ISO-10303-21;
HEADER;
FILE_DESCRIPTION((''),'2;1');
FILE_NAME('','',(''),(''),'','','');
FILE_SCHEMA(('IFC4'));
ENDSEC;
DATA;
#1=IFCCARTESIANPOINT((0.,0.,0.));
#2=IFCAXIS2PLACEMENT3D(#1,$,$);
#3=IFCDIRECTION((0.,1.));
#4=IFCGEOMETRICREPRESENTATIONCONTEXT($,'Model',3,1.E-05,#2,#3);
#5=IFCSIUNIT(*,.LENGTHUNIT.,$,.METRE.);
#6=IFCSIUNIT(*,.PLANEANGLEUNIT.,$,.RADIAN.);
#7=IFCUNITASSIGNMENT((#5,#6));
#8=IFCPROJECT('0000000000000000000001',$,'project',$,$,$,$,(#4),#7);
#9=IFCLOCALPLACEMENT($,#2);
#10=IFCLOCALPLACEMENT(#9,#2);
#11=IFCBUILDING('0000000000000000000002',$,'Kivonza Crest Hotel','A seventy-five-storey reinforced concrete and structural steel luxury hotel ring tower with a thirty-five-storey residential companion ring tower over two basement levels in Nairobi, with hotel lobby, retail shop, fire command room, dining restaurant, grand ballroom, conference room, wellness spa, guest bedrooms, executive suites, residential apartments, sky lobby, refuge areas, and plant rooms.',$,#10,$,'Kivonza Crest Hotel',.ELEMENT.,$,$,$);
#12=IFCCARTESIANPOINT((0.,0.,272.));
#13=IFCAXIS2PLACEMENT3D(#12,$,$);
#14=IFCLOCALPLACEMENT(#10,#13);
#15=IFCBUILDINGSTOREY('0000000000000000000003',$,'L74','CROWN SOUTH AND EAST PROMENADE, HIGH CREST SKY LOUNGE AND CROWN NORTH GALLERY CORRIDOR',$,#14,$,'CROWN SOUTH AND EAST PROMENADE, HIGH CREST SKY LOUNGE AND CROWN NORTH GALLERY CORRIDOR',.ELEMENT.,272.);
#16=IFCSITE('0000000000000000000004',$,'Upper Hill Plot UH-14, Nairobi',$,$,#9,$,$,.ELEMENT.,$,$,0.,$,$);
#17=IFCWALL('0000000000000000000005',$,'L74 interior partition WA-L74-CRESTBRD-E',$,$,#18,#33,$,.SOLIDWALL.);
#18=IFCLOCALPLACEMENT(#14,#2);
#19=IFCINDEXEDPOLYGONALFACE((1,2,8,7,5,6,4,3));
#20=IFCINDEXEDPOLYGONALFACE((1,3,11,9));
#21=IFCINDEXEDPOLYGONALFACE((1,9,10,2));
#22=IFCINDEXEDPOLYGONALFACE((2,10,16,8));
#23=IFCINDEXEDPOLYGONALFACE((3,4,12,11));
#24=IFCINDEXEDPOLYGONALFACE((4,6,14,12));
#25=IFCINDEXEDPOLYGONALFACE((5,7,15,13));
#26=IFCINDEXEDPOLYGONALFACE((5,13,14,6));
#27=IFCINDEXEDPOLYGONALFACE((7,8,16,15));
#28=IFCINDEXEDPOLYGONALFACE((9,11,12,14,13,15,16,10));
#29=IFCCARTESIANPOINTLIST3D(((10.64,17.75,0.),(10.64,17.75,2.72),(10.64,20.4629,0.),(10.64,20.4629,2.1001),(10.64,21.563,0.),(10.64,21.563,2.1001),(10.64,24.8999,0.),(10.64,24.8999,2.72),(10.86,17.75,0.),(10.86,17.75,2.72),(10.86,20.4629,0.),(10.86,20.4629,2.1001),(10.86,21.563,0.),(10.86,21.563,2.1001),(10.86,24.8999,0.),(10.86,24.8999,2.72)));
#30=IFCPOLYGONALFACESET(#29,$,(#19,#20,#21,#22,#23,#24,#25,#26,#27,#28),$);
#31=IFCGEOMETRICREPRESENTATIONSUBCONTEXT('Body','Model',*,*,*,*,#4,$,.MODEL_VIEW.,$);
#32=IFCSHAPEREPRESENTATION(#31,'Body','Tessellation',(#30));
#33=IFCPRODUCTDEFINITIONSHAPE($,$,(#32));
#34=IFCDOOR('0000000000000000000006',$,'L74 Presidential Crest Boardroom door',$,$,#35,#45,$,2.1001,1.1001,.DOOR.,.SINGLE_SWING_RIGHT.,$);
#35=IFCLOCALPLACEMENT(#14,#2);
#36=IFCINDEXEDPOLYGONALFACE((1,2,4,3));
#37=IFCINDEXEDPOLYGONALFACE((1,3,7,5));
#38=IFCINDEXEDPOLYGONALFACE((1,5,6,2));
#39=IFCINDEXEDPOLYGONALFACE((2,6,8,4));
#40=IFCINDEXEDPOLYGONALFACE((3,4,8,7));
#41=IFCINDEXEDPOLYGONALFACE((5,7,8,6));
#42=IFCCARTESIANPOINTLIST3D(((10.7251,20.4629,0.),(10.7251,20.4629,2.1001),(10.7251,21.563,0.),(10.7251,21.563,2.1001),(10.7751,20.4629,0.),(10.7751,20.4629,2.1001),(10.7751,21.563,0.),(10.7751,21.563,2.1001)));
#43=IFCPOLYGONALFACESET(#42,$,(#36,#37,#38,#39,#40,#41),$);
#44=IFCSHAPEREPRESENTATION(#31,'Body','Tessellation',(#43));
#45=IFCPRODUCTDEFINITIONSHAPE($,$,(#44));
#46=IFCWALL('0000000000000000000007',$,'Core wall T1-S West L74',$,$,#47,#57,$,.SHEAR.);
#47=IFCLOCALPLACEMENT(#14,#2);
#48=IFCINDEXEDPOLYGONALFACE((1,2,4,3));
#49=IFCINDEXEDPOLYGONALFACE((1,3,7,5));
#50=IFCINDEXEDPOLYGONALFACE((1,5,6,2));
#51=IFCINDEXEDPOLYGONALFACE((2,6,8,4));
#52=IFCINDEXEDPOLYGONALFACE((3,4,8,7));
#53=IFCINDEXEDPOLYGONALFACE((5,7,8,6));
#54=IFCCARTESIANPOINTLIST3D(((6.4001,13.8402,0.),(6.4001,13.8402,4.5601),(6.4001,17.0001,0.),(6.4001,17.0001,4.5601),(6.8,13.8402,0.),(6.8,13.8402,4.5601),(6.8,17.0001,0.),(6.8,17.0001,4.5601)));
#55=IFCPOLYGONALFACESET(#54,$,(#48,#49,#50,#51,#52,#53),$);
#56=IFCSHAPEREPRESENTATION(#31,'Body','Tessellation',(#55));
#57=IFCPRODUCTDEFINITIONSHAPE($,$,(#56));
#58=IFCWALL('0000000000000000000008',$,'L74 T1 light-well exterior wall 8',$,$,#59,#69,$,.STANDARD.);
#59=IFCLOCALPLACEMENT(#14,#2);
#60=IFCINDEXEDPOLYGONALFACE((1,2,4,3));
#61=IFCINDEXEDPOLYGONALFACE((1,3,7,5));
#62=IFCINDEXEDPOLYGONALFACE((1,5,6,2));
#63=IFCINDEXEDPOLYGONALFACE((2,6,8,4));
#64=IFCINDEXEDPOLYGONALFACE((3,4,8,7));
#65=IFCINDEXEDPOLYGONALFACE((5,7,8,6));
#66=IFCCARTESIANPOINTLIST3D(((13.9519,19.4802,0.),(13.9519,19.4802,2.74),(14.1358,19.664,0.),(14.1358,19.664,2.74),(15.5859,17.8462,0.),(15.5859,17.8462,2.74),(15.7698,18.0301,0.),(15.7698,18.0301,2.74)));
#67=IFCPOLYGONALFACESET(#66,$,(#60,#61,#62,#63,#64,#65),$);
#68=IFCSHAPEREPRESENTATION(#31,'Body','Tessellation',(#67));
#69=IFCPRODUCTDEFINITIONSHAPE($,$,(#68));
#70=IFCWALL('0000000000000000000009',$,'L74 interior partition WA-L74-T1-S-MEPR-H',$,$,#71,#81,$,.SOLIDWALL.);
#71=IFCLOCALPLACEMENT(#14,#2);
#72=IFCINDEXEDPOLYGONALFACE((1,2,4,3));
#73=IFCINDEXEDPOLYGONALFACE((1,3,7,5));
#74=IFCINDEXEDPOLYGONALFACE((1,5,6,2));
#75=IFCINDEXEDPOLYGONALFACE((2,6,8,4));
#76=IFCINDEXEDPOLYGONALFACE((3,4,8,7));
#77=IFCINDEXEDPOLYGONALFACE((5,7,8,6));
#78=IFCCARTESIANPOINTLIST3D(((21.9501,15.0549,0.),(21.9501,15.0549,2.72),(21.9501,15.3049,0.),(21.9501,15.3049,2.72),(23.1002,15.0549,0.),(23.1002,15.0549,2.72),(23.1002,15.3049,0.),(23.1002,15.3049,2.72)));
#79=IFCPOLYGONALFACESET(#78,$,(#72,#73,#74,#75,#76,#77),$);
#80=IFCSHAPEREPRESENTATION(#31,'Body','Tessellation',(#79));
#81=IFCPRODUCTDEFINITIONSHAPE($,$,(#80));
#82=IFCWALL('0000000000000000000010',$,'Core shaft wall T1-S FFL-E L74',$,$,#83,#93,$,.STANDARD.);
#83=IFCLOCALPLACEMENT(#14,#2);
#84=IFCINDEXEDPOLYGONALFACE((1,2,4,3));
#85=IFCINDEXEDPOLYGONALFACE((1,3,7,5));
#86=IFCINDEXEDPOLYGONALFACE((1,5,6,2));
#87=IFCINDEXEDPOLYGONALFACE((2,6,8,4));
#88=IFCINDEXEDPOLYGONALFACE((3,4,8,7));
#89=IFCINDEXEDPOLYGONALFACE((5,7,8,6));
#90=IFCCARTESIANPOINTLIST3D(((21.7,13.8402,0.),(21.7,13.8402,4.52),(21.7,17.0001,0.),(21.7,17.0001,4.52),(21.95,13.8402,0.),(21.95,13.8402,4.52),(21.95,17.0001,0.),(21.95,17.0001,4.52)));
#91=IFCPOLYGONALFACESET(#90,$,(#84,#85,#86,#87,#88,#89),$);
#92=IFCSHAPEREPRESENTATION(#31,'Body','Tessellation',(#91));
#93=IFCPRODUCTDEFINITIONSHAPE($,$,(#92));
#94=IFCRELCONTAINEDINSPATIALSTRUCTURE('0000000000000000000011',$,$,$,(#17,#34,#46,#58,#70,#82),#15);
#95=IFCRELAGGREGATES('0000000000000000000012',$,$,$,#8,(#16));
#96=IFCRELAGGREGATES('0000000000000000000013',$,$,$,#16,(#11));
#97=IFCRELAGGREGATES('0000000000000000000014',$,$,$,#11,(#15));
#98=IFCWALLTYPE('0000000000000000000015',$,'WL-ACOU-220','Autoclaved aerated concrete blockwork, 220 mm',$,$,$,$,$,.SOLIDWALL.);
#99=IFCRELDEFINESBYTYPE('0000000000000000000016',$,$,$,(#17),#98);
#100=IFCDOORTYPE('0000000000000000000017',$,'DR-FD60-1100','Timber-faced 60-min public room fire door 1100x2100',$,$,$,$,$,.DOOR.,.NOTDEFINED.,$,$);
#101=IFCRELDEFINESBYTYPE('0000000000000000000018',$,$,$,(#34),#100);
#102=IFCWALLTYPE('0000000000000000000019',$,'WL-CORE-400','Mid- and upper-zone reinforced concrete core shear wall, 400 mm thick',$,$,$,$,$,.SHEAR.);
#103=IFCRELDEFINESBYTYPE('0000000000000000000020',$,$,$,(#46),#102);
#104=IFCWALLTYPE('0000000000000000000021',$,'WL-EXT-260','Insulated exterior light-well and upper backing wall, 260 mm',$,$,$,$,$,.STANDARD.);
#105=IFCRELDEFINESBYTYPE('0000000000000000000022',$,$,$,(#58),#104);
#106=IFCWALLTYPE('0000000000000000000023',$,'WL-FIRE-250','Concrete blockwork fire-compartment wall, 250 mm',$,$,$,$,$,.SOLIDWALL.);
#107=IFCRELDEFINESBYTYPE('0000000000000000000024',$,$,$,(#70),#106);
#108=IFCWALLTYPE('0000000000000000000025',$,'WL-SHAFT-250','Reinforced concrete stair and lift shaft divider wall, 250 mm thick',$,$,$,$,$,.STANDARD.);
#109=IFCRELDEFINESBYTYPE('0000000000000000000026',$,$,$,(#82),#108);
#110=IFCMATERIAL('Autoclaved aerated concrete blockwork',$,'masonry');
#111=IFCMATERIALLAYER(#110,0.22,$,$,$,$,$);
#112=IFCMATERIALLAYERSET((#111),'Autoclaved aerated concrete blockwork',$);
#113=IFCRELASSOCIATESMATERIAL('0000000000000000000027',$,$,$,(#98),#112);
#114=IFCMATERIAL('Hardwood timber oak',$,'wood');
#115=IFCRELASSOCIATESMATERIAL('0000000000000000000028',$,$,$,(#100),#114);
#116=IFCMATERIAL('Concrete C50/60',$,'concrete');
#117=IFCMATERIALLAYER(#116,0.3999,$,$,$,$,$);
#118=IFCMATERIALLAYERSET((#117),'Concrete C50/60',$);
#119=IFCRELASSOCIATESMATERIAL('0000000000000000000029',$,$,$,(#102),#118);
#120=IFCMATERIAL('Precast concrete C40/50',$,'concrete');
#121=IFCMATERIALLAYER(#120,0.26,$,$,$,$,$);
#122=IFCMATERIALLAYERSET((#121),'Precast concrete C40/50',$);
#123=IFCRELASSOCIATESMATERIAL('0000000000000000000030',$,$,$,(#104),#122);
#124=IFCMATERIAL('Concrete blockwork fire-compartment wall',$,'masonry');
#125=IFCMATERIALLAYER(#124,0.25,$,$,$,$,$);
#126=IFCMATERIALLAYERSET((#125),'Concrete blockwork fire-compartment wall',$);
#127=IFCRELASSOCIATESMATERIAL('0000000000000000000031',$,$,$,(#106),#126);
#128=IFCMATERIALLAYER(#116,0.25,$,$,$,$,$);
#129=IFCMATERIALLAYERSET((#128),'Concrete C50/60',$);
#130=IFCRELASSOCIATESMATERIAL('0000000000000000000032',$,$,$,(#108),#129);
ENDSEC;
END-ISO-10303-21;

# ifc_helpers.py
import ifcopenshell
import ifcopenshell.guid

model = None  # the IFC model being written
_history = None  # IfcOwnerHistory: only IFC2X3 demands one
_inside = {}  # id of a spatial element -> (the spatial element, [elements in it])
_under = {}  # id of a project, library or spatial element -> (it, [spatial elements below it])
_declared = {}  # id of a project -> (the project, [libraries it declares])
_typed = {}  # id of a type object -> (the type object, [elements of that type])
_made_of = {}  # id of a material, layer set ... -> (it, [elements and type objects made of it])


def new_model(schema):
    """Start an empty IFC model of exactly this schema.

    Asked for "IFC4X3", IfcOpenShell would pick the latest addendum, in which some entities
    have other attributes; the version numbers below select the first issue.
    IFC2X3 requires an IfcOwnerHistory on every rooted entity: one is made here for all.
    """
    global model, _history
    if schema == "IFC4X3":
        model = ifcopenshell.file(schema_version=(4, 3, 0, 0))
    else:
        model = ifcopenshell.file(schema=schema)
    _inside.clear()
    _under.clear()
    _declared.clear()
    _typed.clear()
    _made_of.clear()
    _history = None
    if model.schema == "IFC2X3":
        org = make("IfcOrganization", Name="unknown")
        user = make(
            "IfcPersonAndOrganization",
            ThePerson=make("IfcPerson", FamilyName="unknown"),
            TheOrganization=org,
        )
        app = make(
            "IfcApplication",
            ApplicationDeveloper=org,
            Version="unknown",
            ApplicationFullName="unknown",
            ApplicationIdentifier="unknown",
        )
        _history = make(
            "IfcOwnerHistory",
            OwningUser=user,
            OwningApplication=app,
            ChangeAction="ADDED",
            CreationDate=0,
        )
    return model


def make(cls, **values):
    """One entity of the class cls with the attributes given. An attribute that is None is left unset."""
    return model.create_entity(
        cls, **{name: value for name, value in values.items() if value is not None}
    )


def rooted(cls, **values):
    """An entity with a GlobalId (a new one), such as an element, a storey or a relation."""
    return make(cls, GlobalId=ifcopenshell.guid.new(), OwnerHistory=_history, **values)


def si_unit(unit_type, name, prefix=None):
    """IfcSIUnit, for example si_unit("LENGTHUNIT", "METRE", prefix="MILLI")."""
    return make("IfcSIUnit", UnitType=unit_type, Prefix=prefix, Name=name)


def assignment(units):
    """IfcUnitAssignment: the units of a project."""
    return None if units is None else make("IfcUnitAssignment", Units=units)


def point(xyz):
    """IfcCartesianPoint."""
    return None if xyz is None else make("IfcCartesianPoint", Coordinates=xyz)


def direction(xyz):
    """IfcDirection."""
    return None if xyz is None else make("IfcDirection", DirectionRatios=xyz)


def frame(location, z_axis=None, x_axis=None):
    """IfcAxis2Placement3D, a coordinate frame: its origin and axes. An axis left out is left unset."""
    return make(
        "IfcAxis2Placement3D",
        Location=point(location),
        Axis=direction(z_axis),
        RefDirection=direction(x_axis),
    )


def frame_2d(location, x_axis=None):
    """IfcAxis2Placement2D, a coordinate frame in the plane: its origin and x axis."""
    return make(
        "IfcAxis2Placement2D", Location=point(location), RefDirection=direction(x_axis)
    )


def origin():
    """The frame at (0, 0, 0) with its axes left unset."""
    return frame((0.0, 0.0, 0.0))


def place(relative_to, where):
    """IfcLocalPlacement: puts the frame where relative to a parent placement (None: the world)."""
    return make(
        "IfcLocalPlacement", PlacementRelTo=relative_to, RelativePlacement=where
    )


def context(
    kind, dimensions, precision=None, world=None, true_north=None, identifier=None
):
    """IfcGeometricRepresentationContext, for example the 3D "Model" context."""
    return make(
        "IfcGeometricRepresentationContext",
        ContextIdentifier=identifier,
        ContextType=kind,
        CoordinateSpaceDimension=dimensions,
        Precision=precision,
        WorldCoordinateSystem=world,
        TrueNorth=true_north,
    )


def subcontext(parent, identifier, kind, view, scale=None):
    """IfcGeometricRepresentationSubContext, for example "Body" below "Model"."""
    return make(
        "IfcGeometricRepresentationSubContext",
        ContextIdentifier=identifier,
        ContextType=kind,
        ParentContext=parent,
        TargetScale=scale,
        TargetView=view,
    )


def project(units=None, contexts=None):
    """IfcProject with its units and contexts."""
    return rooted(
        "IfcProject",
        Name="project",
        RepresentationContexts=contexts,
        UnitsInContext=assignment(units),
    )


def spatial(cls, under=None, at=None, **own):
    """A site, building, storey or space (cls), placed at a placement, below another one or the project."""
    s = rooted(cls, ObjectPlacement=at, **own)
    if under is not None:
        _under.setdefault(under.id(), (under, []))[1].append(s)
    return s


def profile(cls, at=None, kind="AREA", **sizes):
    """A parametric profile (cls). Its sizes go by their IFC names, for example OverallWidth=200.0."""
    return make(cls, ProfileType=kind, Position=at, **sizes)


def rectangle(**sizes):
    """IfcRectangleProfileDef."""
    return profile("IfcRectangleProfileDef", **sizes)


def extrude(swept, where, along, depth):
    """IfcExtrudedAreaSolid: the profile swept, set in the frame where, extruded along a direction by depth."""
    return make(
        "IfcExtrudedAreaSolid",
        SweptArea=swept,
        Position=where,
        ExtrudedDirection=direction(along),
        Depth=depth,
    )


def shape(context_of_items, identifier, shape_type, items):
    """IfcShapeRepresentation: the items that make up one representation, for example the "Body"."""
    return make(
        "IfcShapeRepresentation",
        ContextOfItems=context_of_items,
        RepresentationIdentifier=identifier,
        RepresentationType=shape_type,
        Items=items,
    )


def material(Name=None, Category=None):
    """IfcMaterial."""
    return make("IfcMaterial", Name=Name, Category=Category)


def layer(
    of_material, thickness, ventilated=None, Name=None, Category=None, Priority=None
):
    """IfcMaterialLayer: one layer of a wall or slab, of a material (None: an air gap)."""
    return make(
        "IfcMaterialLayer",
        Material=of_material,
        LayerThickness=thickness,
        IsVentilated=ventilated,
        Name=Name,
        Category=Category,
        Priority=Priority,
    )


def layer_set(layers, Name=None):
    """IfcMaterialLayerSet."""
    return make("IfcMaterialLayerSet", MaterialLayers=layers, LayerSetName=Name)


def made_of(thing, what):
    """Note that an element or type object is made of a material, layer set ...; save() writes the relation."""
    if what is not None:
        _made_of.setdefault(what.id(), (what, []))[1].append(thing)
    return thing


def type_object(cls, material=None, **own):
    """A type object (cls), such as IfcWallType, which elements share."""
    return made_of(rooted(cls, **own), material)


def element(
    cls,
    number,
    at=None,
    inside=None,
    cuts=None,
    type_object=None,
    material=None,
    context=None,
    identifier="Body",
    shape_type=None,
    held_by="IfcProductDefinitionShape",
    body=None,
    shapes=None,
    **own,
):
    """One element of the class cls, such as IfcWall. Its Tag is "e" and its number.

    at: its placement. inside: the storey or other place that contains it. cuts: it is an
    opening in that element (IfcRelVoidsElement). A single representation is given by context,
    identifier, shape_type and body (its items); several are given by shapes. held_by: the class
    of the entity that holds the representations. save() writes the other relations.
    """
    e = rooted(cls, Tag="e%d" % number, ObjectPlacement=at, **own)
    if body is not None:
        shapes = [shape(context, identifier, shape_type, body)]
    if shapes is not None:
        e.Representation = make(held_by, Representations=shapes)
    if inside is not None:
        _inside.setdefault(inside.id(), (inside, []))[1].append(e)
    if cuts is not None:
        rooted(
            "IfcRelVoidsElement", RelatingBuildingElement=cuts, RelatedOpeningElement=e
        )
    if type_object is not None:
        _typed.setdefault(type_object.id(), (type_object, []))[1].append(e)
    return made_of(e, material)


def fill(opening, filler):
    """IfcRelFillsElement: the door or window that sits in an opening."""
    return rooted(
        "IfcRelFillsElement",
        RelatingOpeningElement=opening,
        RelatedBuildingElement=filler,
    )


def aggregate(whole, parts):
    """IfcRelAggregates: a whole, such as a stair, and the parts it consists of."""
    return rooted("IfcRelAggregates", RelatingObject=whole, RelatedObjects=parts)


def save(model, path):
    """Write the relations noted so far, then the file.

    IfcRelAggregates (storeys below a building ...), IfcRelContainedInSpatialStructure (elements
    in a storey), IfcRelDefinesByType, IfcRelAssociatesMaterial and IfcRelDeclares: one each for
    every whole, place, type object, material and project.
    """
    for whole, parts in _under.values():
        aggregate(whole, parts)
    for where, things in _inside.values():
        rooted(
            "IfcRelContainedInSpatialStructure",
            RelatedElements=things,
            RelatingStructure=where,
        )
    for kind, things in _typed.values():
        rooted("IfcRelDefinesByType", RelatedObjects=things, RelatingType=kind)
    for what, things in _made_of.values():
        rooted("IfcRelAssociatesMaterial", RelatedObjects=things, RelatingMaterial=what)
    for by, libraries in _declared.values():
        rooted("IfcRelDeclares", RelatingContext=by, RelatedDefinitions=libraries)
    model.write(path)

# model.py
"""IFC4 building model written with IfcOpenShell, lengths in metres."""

from ifc_helpers import new_model, si_unit, direction, frame, frame_2d, origin, place, context, subcontext, project, spatial, rectangle, extrude, material, layer, layer_set, type_object, element, fill, save


model = new_model("IFC4")

# Units and contexts
model_context = context("Model", 3, precision=1e-05, world=origin(), true_north=direction((0.0, 1.0)))
body_context = subcontext(model_context, "Body", "Model", "MODEL_VIEW")
ifc_project = project(units=[si_unit("LENGTHUNIT", "METRE"), si_unit("PLANEANGLEUNIT", "RADIAN")], contexts=[model_context])

# Site, building, storey
site_placement = place(None, origin())
site = spatial("IfcSite", under=ifc_project, at=site_placement, Name="Upper Hill Plot UH-14, Nairobi", CompositionType="ELEMENT", RefElevation=0.0)
building_placement = place(site_placement, origin())
building = spatial("IfcBuilding", under=site, at=building_placement, Name="Kivonza Crest Hotel", Description="A seventy-five-storey reinforced concrete and structural steel luxury hotel ring tower with a thirty-five-storey residential companion ring tower over two basement levels in Nairobi, with hotel lobby, retail shop, fire command room, dining restaurant, grand ballroom, conference room, wellness spa, guest bedrooms, executive suites, residential apartments, sky lobby, refuge areas, and plant rooms.", LongName="Kivonza Crest Hotel", CompositionType="ELEMENT")
storey_placement = place(building_placement, frame((0.0, 0.0, 272.0)))
storey = spatial("IfcBuildingStorey", under=building, at=storey_placement, Name="L74", Description="CROWN SOUTH AND EAST PROMENADE, HIGH CREST SKY LOUNGE AND CROWN NORTH GALLERY CORRIDOR", LongName="CROWN SOUTH AND EAST PROMENADE, HIGH CREST SKY LOUNGE AND CROWN NORTH GALLERY CORRIDOR", CompositionType="ELEMENT", Elevation=272.0)

# Shared definitions
ifc_material_1 = material(Name="Concrete C50/60", Category="concrete")

# Wall, opening, door
ifc_material_2 = material(Name="Autoclaved aerated concrete blockwork", Category="masonry")
ifc_layer_1 = layer(ifc_material_2, 0.22)
ifc_layer_set_1 = layer_set([ifc_layer_1], Name="Autoclaved aerated concrete blockwork")
wall_type_1 = type_object("IfcWallType", Name="WL-ACOU-220", Description="Autoclaved aerated concrete blockwork, 220 mm", PredefinedType="SOLIDWALL", material=ifc_layer_set_1)
wall_1_placement = place(storey_placement, frame((10.75, 17.75, 0.0), z_axis=(0.0, 0.0, 1.0), x_axis=(0.0, 1.0, 0.0)))
wall_1 = element("IfcWall", 1, at=wall_1_placement, inside=storey, type_object=wall_type_1, Name="L74 interior partition WA-L74-CRESTBRD-E", PredefinedType="SOLIDWALL", context=body_context, shape_type="SweptSolid", body=[
    extrude(rectangle(XDim=7.1499, YDim=0.22, at=frame_2d((3.575, 0.0))), origin(), (0.0, 0.0, 1.0), 2.72),
])
opening_1_placement = place(wall_1_placement, frame((2.7129, 0.0, 0.0)))
opening_1 = element("IfcOpeningElement", 2, at=opening_1_placement, cuts=wall_1, PredefinedType="OPENING", context=body_context, shape_type="SweptSolid", body=[
    extrude(rectangle(XDim=1.1001, YDim=2.1001, at=frame_2d((0.55, 1.05))), frame((0.0, 0.1201, 0.0), z_axis=(0.0, -1.0, 0.0), x_axis=(1.0, 0.0, 0.0)), (0.0, 0.0, 1.0), 0.24),
])
ifc_material_3 = material(Name="Hardwood timber oak", Category="wood")
door_type_1 = type_object("IfcDoorType", Name="DR-FD60-1100", Description="Timber-faced 60-min public room fire door 1100x2100", OperationType="NOTDEFINED", PredefinedType="DOOR", material=ifc_material_3)
door_1_placement = place(opening_1_placement, origin())
door_1 = element("IfcDoor", 3, at=door_1_placement, inside=storey, type_object=door_type_1, Name="L74 Presidential Crest Boardroom door", OperationType="SINGLE_SWING_RIGHT", OverallHeight=2.1001, OverallWidth=1.1001, PredefinedType="DOOR", context=body_context, shape_type="SweptSolid", body=[
    extrude(rectangle(XDim=1.1001, YDim=2.1001, at=frame_2d((0.55, 1.05))), frame((0.0, 0.0249, 0.0), z_axis=(0.0, -1.0, 0.0), x_axis=(1.0, 0.0, 0.0)), (0.0, 0.0, 1.0), 0.05),
])
fill(opening_1, door_1)

# Walls
ifc_layer_2 = layer(ifc_material_1, 0.3999)
ifc_layer_set_2 = layer_set([ifc_layer_2], Name="Concrete C50/60")
wall_type_2 = type_object("IfcWallType", Name="WL-CORE-400", Description="Mid- and upper-zone reinforced concrete core shear wall, 400 mm thick", PredefinedType="SHEAR", material=ifc_layer_set_2)
wall_2_placement = place(storey_placement, frame((6.6001, 13.8401, 0.0), z_axis=(0.0, 0.0, 1.0), x_axis=(0.0, 1.0, 0.0)))
element("IfcWall", 4, at=wall_2_placement, inside=storey, type_object=wall_type_2, Name="Core wall T1-S West L74", PredefinedType="SHEAR", context=body_context, shape_type="SweptSolid", body=[
    extrude(rectangle(XDim=3.1599, YDim=0.3999, at=frame_2d((1.5801, 0.0))), origin(), (0.0, 0.0, 1.0), 4.5601),
])
ifc_material_4 = material(Name="Precast concrete C40/50", Category="concrete")
ifc_layer_3 = layer(ifc_material_4, 0.26)
ifc_layer_set_3 = layer_set([ifc_layer_3], Name="Precast concrete C40/50")
wall_type_3 = type_object("IfcWallType", Name="WL-EXT-260", Description="Insulated exterior light-well and upper backing wall, 260 mm", PredefinedType="STANDARD", material=ifc_layer_set_3)
wall_3_placement = place(storey_placement, frame((14.0439, 19.572, 0.0), z_axis=(0.0, 0.0, 1.0), x_axis=(0.707107, -0.707107, 0.0)))
element("IfcWall", 5, at=wall_3_placement, inside=storey, type_object=wall_type_3, Name="L74 T1 light-well exterior wall 8", PredefinedType="STANDARD", context=body_context, shape_type="SweptSolid", body=[
    extrude(rectangle(XDim=2.3108, YDim=0.26, at=frame_2d((1.1553, 0.0))), origin(), (0.0, 0.0, 1.0), 2.74),
])
ifc_material_5 = material(Name="Concrete blockwork fire-compartment wall", Category="masonry")
ifc_layer_4 = layer(ifc_material_5, 0.25)
ifc_layer_set_4 = layer_set([ifc_layer_4], Name="Concrete blockwork fire-compartment wall")
wall_type_4 = type_object("IfcWallType", Name="WL-FIRE-250", Description="Concrete blockwork fire-compartment wall, 250 mm", PredefinedType="SOLIDWALL", material=ifc_layer_set_4)
wall_4_placement = place(storey_placement, frame((21.95, 15.1799, 0.0), z_axis=(0.0, 0.0, 1.0), x_axis=(1.0, 0.0, 0.0)))
element("IfcWall", 6, at=wall_4_placement, inside=storey, type_object=wall_type_4, Name="L74 interior partition WA-L74-T1-S-MEPR-H", PredefinedType="SOLIDWALL", context=body_context, shape_type="SweptSolid", body=[
    extrude(rectangle(XDim=1.1501, YDim=0.25, at=frame_2d((0.5752, 0.0))), origin(), (0.0, 0.0, 1.0), 2.72),
])

# Shared definitions
ifc_layer_5 = layer(ifc_material_1, 0.25)
ifc_layer_set_5 = layer_set([ifc_layer_5], Name="Concrete C50/60")
wall_type_5 = type_object("IfcWallType", Name="WL-SHAFT-250", Description="Reinforced concrete stair and lift shaft divider wall, 250 mm thick", PredefinedType="STANDARD", material=ifc_layer_set_5)

# Wall
wall_5_placement = place(storey_placement, frame((21.825, 13.8401, 0.0), z_axis=(0.0, 0.0, 1.0), x_axis=(0.0, 1.0, 0.0)))
element("IfcWall", 7, at=wall_5_placement, inside=storey, type_object=wall_type_5, Name="Core shaft wall T1-S FFL-E L74", PredefinedType="STANDARD", context=body_context, shape_type="SweptSolid", body=[
    extrude(rectangle(XDim=3.1599, YDim=0.25, at=frame_2d((1.5801, 0.0))), origin(), (0.0, 0.0, 1.0), 4.52),
])

save(model, "model.ifc")
